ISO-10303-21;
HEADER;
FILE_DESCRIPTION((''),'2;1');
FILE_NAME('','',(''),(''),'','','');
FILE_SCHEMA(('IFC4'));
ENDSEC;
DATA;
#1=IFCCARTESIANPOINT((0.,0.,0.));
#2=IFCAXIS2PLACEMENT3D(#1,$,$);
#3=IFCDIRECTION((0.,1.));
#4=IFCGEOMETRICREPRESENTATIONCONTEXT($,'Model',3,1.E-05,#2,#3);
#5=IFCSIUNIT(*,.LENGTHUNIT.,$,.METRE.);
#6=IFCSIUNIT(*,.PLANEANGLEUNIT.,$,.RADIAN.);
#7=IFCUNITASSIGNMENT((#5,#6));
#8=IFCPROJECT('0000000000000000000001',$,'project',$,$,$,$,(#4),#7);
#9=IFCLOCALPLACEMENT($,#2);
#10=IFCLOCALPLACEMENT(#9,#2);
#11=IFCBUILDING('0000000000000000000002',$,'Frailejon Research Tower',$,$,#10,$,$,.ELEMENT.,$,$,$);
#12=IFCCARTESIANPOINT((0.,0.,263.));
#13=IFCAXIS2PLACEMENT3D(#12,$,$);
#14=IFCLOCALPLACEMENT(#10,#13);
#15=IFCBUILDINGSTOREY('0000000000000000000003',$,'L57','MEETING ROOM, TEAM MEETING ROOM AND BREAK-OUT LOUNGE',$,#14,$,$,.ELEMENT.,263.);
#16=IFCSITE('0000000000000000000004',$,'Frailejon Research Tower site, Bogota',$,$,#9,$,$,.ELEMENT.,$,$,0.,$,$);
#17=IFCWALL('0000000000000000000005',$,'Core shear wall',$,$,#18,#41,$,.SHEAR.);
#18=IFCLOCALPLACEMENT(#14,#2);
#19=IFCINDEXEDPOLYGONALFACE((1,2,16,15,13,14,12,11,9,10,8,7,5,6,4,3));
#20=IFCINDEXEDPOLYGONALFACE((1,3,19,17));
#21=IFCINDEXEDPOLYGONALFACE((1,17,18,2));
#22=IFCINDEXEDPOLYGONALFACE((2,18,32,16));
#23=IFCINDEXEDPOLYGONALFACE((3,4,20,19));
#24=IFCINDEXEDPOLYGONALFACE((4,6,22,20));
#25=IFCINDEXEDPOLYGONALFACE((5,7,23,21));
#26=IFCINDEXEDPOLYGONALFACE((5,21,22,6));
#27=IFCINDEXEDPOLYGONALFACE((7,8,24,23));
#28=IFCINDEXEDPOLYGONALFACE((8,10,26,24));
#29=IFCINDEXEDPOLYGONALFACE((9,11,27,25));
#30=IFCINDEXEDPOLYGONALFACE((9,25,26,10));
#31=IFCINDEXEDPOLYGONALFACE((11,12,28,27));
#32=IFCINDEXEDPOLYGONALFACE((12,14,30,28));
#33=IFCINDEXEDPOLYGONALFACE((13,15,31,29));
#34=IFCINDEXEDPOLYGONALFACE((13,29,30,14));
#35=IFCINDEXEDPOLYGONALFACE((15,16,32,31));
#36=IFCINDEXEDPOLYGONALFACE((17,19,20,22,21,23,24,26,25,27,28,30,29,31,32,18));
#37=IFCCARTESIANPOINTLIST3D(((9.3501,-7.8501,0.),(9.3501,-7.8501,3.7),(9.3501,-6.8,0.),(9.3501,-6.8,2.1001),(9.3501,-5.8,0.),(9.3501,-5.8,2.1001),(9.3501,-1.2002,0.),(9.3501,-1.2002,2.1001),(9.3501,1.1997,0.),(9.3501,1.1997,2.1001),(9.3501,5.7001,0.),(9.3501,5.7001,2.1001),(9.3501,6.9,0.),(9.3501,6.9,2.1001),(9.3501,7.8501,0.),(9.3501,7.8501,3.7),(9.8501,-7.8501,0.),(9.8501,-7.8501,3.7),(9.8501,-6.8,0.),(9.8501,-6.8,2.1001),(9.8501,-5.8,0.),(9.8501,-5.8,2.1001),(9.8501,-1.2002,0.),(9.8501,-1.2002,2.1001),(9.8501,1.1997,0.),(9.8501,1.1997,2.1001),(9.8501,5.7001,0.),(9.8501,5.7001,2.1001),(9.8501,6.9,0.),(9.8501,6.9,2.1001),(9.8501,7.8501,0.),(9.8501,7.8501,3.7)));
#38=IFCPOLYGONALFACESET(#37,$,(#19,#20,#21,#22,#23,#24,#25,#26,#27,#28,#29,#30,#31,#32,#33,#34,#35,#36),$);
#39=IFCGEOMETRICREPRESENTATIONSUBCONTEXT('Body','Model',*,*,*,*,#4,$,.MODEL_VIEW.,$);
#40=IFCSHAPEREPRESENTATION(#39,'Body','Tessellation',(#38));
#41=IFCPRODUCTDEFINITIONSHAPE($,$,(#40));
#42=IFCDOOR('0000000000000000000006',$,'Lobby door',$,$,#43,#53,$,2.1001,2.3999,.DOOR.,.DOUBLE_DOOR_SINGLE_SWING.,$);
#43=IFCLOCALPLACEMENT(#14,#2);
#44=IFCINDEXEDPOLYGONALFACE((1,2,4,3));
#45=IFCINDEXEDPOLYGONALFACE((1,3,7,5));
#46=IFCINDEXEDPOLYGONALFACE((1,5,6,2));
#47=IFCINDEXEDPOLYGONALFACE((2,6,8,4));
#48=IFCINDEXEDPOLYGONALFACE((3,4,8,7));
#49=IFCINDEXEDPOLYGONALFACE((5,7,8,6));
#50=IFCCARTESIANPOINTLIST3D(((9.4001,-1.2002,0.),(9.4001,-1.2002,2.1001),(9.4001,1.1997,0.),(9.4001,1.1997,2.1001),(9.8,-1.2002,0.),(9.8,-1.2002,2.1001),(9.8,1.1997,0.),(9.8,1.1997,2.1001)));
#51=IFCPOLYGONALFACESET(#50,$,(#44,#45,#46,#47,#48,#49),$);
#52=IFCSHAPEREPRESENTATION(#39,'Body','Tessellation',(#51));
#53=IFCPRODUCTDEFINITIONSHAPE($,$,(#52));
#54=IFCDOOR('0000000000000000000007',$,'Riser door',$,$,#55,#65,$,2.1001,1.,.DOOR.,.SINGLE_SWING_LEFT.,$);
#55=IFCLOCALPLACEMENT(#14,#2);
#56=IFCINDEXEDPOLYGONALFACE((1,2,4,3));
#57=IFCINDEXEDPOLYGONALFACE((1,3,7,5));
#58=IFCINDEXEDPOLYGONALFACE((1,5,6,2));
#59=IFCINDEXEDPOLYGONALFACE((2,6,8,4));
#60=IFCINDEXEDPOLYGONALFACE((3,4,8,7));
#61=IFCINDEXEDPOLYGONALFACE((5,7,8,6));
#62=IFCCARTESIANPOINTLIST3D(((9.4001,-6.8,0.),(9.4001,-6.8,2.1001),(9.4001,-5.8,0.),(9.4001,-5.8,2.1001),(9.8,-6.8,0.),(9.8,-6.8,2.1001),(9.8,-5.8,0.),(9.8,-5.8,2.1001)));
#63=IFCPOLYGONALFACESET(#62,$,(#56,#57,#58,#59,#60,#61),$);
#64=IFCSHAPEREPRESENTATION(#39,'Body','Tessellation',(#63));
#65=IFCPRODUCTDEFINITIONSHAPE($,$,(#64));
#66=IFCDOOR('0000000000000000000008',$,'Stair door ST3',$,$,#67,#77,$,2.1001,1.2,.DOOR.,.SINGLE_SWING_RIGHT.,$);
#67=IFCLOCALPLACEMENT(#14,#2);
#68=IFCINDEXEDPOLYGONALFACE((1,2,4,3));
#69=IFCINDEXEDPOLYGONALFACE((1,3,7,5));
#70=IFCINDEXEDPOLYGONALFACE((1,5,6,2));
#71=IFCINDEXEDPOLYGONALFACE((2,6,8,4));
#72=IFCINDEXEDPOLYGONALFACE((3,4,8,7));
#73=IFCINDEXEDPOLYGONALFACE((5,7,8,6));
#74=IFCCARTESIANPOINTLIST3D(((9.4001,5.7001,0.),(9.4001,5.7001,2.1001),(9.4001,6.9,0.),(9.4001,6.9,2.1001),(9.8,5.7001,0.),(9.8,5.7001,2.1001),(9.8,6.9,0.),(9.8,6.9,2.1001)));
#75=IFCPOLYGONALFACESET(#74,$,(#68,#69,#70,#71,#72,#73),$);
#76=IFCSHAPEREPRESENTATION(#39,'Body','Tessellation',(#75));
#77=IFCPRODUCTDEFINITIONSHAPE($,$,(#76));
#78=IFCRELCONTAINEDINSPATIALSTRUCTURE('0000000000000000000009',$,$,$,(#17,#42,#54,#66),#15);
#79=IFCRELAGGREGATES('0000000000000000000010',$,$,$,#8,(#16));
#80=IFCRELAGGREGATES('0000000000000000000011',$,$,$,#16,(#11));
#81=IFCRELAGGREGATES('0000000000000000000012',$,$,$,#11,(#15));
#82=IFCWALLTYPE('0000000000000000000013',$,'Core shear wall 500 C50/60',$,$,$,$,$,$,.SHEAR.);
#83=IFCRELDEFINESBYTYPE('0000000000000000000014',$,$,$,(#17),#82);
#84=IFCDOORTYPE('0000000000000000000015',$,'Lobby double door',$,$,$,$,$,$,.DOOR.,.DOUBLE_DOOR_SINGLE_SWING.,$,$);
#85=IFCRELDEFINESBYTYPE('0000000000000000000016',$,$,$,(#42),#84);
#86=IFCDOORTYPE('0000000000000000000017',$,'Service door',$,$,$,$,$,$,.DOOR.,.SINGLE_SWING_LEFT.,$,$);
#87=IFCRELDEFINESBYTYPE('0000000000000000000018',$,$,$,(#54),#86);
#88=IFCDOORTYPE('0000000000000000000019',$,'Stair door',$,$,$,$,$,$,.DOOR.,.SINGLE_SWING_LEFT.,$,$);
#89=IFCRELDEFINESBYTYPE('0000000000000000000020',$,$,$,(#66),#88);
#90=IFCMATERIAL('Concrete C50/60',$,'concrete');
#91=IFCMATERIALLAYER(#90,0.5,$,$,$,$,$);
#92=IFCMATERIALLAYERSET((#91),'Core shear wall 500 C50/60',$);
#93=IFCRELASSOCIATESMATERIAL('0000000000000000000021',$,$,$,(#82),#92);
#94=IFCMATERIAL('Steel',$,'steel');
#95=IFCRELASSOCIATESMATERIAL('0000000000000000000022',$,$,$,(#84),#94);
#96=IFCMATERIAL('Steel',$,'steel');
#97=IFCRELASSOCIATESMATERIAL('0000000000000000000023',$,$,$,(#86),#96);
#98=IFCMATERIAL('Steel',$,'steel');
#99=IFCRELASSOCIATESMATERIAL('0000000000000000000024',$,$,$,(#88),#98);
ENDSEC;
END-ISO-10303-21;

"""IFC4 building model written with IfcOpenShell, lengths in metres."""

from ifc_helpers import new_model, si_unit, direction, frame, frame_2d, origin, place, context, subcontext, project, spatial, rectangle, extrude, material, layer, layer_set, type_object, element, fill, save


model = new_model("IFC4")

# Units and contexts
model_context = context("Model", 3, precision=1e-05, world=origin(), true_north=direction((0.0, 1.0)))
body_context = subcontext(model_context, "Body", "Model", "MODEL_VIEW")
ifc_project = project(units=[si_unit("LENGTHUNIT", "METRE"), si_unit("PLANEANGLEUNIT", "RADIAN")], contexts=[model_context])

# Site, building, storey
site_placement = place(None, origin())
site = spatial("IfcSite", under=ifc_project, at=site_placement, Name="Frailejon Research Tower site, Bogota", CompositionType="ELEMENT", RefElevation=0.0)
building_placement = place(site_placement, origin())
building = spatial("IfcBuilding", under=site, at=building_placement, Name="Frailejon Research Tower", CompositionType="ELEMENT")
storey_placement = place(building_placement, frame((0.0, 0.0, 263.0)))
storey = spatial("IfcBuildingStorey", under=building, at=storey_placement, Name="L57", Description="MEETING ROOM, TEAM MEETING ROOM AND BREAK-OUT LOUNGE", CompositionType="ELEMENT", Elevation=263.0)

# Wall, openings, doors
ifc_material_1 = material(Name="Concrete C50/60", Category="concrete")
ifc_layer_1 = layer(ifc_material_1, 0.5)
ifc_layer_set_1 = layer_set([ifc_layer_1], Name="Core shear wall 500 C50/60")
wall_type_1 = type_object("IfcWallType", Name="Core shear wall 500 C50/60", PredefinedType="SHEAR", material=ifc_layer_set_1)
wall_1_placement = place(storey_placement, frame((9.6001, -7.8501, 0.0), z_axis=(0.0, 0.0, 1.0), x_axis=(0.0, 1.0, 0.0)))
wall_1 = element("IfcWall", 1, at=wall_1_placement, inside=storey, type_object=wall_type_1, Name="Core shear wall", PredefinedType="SHEAR", context=body_context, shape_type="SweptSolid", body=[
    extrude(rectangle(XDim=15.7002, YDim=0.5, at=frame_2d((7.8501, 0.0))), origin(), (0.0, 0.0, 1.0), 3.7),
])
opening_1_placement = place(wall_1_placement, frame((6.6499, 0.0, 0.0)))
opening_1 = element("IfcOpeningElement", 2, at=opening_1_placement, cuts=wall_1, PredefinedType="OPENING", context=body_context, shape_type="SweptSolid", body=[
    extrude(rectangle(XDim=2.3999, YDim=2.1001, at=frame_2d((1.2, 1.05))), frame((0.0, 0.26, 0.0), z_axis=(0.0, -1.0, 0.0), x_axis=(1.0, 0.0, 0.0)), (0.0, 0.0, 1.0), 0.52),
])
opening_2_placement = place(wall_1_placement, frame((13.55, 0.0, 0.0)))
opening_2 = element("IfcOpeningElement", 3, at=opening_2_placement, cuts=wall_1, PredefinedType="OPENING", context=body_context, shape_type="SweptSolid", body=[
    extrude(rectangle(XDim=1.2, YDim=2.1001, at=frame_2d((0.6001, 1.05))), frame((0.0, 0.26, 0.0), z_axis=(0.0, -1.0, 0.0), x_axis=(1.0, 0.0, 0.0)), (0.0, 0.0, 1.0), 0.52),
])
opening_3_placement = place(wall_1_placement, frame((1.05, 0.0, 0.0)))
opening_3 = element("IfcOpeningElement", 4, at=opening_3_placement, cuts=wall_1, PredefinedType="OPENING", context=body_context, shape_type="SweptSolid", body=[
    extrude(rectangle(XDim=1.0, YDim=2.1001, at=frame_2d((0.5, 1.05))), frame((0.0, 0.26, 0.0), z_axis=(0.0, -1.0, 0.0), x_axis=(1.0, 0.0, 0.0)), (0.0, 0.0, 1.0), 0.52),
])
ifc_material_2 = material(Name="Steel", Category="steel")
door_type_1 = type_object("IfcDoorType", Name="Lobby double door", OperationType="DOUBLE_DOOR_SINGLE_SWING", PredefinedType="DOOR", material=ifc_material_2)
door_1_placement = place(opening_1_placement, origin())
door_1 = element("IfcDoor", 5, at=door_1_placement, inside=storey, type_object=door_type_1, Name="Lobby door", OperationType="DOUBLE_DOOR_SINGLE_SWING", OverallHeight=2.1001, OverallWidth=2.3999, PredefinedType="DOOR", context=body_context, shape_type="SweptSolid", body=[
    extrude(rectangle(XDim=2.3999, YDim=2.1001, at=frame_2d((1.2, 1.05))), frame((0.0, 0.2, 0.0), z_axis=(0.0, -1.0, 0.0), x_axis=(1.0, 0.0, 0.0)), (0.0, 0.0, 1.0), 0.3999),
])
fill(opening_1, door_1)
ifc_material_3 = material(Name="Steel", Category="steel")
door_type_2 = type_object("IfcDoorType", Name="Service door", OperationType="SINGLE_SWING_LEFT", PredefinedType="DOOR", material=ifc_material_3)
door_2_placement = place(opening_3_placement, origin())
door_2 = element("IfcDoor", 6, at=door_2_placement, inside=storey, type_object=door_type_2, Name="Riser door", OperationType="SINGLE_SWING_LEFT", OverallHeight=2.1001, OverallWidth=1.0, PredefinedType="DOOR", context=body_context, shape_type="SweptSolid", body=[
    extrude(rectangle(XDim=1.0, YDim=2.1001, at=frame_2d((0.5, 1.05))), frame((0.0, 0.2, 0.0), z_axis=(0.0, -1.0, 0.0), x_axis=(1.0, 0.0, 0.0)), (0.0, 0.0, 1.0), 0.3999),
])
fill(opening_3, door_2)
ifc_material_4 = material(Name="Steel", Category="steel")
door_type_3 = type_object("IfcDoorType", Name="Stair door", OperationType="SINGLE_SWING_LEFT", PredefinedType="DOOR", material=ifc_material_4)
door_3_placement = place(opening_2_placement, origin())
door_3 = element("IfcDoor", 7, at=door_3_placement, inside=storey, type_object=door_type_3, Name="Stair door ST3", OperationType="SINGLE_SWING_RIGHT", OverallHeight=2.1001, OverallWidth=1.2, PredefinedType="DOOR", context=body_context, shape_type="SweptSolid", body=[
    extrude(rectangle(XDim=1.2, YDim=2.1001, at=frame_2d((0.6001, 1.05))), frame((0.0, 0.2, 0.0), z_axis=(0.0, -1.0, 0.0), x_axis=(1.0, 0.0, 0.0)), (0.0, 0.0, 1.0), 0.3999),
])
fill(opening_2, door_3)

save(model, "model.ifc")
